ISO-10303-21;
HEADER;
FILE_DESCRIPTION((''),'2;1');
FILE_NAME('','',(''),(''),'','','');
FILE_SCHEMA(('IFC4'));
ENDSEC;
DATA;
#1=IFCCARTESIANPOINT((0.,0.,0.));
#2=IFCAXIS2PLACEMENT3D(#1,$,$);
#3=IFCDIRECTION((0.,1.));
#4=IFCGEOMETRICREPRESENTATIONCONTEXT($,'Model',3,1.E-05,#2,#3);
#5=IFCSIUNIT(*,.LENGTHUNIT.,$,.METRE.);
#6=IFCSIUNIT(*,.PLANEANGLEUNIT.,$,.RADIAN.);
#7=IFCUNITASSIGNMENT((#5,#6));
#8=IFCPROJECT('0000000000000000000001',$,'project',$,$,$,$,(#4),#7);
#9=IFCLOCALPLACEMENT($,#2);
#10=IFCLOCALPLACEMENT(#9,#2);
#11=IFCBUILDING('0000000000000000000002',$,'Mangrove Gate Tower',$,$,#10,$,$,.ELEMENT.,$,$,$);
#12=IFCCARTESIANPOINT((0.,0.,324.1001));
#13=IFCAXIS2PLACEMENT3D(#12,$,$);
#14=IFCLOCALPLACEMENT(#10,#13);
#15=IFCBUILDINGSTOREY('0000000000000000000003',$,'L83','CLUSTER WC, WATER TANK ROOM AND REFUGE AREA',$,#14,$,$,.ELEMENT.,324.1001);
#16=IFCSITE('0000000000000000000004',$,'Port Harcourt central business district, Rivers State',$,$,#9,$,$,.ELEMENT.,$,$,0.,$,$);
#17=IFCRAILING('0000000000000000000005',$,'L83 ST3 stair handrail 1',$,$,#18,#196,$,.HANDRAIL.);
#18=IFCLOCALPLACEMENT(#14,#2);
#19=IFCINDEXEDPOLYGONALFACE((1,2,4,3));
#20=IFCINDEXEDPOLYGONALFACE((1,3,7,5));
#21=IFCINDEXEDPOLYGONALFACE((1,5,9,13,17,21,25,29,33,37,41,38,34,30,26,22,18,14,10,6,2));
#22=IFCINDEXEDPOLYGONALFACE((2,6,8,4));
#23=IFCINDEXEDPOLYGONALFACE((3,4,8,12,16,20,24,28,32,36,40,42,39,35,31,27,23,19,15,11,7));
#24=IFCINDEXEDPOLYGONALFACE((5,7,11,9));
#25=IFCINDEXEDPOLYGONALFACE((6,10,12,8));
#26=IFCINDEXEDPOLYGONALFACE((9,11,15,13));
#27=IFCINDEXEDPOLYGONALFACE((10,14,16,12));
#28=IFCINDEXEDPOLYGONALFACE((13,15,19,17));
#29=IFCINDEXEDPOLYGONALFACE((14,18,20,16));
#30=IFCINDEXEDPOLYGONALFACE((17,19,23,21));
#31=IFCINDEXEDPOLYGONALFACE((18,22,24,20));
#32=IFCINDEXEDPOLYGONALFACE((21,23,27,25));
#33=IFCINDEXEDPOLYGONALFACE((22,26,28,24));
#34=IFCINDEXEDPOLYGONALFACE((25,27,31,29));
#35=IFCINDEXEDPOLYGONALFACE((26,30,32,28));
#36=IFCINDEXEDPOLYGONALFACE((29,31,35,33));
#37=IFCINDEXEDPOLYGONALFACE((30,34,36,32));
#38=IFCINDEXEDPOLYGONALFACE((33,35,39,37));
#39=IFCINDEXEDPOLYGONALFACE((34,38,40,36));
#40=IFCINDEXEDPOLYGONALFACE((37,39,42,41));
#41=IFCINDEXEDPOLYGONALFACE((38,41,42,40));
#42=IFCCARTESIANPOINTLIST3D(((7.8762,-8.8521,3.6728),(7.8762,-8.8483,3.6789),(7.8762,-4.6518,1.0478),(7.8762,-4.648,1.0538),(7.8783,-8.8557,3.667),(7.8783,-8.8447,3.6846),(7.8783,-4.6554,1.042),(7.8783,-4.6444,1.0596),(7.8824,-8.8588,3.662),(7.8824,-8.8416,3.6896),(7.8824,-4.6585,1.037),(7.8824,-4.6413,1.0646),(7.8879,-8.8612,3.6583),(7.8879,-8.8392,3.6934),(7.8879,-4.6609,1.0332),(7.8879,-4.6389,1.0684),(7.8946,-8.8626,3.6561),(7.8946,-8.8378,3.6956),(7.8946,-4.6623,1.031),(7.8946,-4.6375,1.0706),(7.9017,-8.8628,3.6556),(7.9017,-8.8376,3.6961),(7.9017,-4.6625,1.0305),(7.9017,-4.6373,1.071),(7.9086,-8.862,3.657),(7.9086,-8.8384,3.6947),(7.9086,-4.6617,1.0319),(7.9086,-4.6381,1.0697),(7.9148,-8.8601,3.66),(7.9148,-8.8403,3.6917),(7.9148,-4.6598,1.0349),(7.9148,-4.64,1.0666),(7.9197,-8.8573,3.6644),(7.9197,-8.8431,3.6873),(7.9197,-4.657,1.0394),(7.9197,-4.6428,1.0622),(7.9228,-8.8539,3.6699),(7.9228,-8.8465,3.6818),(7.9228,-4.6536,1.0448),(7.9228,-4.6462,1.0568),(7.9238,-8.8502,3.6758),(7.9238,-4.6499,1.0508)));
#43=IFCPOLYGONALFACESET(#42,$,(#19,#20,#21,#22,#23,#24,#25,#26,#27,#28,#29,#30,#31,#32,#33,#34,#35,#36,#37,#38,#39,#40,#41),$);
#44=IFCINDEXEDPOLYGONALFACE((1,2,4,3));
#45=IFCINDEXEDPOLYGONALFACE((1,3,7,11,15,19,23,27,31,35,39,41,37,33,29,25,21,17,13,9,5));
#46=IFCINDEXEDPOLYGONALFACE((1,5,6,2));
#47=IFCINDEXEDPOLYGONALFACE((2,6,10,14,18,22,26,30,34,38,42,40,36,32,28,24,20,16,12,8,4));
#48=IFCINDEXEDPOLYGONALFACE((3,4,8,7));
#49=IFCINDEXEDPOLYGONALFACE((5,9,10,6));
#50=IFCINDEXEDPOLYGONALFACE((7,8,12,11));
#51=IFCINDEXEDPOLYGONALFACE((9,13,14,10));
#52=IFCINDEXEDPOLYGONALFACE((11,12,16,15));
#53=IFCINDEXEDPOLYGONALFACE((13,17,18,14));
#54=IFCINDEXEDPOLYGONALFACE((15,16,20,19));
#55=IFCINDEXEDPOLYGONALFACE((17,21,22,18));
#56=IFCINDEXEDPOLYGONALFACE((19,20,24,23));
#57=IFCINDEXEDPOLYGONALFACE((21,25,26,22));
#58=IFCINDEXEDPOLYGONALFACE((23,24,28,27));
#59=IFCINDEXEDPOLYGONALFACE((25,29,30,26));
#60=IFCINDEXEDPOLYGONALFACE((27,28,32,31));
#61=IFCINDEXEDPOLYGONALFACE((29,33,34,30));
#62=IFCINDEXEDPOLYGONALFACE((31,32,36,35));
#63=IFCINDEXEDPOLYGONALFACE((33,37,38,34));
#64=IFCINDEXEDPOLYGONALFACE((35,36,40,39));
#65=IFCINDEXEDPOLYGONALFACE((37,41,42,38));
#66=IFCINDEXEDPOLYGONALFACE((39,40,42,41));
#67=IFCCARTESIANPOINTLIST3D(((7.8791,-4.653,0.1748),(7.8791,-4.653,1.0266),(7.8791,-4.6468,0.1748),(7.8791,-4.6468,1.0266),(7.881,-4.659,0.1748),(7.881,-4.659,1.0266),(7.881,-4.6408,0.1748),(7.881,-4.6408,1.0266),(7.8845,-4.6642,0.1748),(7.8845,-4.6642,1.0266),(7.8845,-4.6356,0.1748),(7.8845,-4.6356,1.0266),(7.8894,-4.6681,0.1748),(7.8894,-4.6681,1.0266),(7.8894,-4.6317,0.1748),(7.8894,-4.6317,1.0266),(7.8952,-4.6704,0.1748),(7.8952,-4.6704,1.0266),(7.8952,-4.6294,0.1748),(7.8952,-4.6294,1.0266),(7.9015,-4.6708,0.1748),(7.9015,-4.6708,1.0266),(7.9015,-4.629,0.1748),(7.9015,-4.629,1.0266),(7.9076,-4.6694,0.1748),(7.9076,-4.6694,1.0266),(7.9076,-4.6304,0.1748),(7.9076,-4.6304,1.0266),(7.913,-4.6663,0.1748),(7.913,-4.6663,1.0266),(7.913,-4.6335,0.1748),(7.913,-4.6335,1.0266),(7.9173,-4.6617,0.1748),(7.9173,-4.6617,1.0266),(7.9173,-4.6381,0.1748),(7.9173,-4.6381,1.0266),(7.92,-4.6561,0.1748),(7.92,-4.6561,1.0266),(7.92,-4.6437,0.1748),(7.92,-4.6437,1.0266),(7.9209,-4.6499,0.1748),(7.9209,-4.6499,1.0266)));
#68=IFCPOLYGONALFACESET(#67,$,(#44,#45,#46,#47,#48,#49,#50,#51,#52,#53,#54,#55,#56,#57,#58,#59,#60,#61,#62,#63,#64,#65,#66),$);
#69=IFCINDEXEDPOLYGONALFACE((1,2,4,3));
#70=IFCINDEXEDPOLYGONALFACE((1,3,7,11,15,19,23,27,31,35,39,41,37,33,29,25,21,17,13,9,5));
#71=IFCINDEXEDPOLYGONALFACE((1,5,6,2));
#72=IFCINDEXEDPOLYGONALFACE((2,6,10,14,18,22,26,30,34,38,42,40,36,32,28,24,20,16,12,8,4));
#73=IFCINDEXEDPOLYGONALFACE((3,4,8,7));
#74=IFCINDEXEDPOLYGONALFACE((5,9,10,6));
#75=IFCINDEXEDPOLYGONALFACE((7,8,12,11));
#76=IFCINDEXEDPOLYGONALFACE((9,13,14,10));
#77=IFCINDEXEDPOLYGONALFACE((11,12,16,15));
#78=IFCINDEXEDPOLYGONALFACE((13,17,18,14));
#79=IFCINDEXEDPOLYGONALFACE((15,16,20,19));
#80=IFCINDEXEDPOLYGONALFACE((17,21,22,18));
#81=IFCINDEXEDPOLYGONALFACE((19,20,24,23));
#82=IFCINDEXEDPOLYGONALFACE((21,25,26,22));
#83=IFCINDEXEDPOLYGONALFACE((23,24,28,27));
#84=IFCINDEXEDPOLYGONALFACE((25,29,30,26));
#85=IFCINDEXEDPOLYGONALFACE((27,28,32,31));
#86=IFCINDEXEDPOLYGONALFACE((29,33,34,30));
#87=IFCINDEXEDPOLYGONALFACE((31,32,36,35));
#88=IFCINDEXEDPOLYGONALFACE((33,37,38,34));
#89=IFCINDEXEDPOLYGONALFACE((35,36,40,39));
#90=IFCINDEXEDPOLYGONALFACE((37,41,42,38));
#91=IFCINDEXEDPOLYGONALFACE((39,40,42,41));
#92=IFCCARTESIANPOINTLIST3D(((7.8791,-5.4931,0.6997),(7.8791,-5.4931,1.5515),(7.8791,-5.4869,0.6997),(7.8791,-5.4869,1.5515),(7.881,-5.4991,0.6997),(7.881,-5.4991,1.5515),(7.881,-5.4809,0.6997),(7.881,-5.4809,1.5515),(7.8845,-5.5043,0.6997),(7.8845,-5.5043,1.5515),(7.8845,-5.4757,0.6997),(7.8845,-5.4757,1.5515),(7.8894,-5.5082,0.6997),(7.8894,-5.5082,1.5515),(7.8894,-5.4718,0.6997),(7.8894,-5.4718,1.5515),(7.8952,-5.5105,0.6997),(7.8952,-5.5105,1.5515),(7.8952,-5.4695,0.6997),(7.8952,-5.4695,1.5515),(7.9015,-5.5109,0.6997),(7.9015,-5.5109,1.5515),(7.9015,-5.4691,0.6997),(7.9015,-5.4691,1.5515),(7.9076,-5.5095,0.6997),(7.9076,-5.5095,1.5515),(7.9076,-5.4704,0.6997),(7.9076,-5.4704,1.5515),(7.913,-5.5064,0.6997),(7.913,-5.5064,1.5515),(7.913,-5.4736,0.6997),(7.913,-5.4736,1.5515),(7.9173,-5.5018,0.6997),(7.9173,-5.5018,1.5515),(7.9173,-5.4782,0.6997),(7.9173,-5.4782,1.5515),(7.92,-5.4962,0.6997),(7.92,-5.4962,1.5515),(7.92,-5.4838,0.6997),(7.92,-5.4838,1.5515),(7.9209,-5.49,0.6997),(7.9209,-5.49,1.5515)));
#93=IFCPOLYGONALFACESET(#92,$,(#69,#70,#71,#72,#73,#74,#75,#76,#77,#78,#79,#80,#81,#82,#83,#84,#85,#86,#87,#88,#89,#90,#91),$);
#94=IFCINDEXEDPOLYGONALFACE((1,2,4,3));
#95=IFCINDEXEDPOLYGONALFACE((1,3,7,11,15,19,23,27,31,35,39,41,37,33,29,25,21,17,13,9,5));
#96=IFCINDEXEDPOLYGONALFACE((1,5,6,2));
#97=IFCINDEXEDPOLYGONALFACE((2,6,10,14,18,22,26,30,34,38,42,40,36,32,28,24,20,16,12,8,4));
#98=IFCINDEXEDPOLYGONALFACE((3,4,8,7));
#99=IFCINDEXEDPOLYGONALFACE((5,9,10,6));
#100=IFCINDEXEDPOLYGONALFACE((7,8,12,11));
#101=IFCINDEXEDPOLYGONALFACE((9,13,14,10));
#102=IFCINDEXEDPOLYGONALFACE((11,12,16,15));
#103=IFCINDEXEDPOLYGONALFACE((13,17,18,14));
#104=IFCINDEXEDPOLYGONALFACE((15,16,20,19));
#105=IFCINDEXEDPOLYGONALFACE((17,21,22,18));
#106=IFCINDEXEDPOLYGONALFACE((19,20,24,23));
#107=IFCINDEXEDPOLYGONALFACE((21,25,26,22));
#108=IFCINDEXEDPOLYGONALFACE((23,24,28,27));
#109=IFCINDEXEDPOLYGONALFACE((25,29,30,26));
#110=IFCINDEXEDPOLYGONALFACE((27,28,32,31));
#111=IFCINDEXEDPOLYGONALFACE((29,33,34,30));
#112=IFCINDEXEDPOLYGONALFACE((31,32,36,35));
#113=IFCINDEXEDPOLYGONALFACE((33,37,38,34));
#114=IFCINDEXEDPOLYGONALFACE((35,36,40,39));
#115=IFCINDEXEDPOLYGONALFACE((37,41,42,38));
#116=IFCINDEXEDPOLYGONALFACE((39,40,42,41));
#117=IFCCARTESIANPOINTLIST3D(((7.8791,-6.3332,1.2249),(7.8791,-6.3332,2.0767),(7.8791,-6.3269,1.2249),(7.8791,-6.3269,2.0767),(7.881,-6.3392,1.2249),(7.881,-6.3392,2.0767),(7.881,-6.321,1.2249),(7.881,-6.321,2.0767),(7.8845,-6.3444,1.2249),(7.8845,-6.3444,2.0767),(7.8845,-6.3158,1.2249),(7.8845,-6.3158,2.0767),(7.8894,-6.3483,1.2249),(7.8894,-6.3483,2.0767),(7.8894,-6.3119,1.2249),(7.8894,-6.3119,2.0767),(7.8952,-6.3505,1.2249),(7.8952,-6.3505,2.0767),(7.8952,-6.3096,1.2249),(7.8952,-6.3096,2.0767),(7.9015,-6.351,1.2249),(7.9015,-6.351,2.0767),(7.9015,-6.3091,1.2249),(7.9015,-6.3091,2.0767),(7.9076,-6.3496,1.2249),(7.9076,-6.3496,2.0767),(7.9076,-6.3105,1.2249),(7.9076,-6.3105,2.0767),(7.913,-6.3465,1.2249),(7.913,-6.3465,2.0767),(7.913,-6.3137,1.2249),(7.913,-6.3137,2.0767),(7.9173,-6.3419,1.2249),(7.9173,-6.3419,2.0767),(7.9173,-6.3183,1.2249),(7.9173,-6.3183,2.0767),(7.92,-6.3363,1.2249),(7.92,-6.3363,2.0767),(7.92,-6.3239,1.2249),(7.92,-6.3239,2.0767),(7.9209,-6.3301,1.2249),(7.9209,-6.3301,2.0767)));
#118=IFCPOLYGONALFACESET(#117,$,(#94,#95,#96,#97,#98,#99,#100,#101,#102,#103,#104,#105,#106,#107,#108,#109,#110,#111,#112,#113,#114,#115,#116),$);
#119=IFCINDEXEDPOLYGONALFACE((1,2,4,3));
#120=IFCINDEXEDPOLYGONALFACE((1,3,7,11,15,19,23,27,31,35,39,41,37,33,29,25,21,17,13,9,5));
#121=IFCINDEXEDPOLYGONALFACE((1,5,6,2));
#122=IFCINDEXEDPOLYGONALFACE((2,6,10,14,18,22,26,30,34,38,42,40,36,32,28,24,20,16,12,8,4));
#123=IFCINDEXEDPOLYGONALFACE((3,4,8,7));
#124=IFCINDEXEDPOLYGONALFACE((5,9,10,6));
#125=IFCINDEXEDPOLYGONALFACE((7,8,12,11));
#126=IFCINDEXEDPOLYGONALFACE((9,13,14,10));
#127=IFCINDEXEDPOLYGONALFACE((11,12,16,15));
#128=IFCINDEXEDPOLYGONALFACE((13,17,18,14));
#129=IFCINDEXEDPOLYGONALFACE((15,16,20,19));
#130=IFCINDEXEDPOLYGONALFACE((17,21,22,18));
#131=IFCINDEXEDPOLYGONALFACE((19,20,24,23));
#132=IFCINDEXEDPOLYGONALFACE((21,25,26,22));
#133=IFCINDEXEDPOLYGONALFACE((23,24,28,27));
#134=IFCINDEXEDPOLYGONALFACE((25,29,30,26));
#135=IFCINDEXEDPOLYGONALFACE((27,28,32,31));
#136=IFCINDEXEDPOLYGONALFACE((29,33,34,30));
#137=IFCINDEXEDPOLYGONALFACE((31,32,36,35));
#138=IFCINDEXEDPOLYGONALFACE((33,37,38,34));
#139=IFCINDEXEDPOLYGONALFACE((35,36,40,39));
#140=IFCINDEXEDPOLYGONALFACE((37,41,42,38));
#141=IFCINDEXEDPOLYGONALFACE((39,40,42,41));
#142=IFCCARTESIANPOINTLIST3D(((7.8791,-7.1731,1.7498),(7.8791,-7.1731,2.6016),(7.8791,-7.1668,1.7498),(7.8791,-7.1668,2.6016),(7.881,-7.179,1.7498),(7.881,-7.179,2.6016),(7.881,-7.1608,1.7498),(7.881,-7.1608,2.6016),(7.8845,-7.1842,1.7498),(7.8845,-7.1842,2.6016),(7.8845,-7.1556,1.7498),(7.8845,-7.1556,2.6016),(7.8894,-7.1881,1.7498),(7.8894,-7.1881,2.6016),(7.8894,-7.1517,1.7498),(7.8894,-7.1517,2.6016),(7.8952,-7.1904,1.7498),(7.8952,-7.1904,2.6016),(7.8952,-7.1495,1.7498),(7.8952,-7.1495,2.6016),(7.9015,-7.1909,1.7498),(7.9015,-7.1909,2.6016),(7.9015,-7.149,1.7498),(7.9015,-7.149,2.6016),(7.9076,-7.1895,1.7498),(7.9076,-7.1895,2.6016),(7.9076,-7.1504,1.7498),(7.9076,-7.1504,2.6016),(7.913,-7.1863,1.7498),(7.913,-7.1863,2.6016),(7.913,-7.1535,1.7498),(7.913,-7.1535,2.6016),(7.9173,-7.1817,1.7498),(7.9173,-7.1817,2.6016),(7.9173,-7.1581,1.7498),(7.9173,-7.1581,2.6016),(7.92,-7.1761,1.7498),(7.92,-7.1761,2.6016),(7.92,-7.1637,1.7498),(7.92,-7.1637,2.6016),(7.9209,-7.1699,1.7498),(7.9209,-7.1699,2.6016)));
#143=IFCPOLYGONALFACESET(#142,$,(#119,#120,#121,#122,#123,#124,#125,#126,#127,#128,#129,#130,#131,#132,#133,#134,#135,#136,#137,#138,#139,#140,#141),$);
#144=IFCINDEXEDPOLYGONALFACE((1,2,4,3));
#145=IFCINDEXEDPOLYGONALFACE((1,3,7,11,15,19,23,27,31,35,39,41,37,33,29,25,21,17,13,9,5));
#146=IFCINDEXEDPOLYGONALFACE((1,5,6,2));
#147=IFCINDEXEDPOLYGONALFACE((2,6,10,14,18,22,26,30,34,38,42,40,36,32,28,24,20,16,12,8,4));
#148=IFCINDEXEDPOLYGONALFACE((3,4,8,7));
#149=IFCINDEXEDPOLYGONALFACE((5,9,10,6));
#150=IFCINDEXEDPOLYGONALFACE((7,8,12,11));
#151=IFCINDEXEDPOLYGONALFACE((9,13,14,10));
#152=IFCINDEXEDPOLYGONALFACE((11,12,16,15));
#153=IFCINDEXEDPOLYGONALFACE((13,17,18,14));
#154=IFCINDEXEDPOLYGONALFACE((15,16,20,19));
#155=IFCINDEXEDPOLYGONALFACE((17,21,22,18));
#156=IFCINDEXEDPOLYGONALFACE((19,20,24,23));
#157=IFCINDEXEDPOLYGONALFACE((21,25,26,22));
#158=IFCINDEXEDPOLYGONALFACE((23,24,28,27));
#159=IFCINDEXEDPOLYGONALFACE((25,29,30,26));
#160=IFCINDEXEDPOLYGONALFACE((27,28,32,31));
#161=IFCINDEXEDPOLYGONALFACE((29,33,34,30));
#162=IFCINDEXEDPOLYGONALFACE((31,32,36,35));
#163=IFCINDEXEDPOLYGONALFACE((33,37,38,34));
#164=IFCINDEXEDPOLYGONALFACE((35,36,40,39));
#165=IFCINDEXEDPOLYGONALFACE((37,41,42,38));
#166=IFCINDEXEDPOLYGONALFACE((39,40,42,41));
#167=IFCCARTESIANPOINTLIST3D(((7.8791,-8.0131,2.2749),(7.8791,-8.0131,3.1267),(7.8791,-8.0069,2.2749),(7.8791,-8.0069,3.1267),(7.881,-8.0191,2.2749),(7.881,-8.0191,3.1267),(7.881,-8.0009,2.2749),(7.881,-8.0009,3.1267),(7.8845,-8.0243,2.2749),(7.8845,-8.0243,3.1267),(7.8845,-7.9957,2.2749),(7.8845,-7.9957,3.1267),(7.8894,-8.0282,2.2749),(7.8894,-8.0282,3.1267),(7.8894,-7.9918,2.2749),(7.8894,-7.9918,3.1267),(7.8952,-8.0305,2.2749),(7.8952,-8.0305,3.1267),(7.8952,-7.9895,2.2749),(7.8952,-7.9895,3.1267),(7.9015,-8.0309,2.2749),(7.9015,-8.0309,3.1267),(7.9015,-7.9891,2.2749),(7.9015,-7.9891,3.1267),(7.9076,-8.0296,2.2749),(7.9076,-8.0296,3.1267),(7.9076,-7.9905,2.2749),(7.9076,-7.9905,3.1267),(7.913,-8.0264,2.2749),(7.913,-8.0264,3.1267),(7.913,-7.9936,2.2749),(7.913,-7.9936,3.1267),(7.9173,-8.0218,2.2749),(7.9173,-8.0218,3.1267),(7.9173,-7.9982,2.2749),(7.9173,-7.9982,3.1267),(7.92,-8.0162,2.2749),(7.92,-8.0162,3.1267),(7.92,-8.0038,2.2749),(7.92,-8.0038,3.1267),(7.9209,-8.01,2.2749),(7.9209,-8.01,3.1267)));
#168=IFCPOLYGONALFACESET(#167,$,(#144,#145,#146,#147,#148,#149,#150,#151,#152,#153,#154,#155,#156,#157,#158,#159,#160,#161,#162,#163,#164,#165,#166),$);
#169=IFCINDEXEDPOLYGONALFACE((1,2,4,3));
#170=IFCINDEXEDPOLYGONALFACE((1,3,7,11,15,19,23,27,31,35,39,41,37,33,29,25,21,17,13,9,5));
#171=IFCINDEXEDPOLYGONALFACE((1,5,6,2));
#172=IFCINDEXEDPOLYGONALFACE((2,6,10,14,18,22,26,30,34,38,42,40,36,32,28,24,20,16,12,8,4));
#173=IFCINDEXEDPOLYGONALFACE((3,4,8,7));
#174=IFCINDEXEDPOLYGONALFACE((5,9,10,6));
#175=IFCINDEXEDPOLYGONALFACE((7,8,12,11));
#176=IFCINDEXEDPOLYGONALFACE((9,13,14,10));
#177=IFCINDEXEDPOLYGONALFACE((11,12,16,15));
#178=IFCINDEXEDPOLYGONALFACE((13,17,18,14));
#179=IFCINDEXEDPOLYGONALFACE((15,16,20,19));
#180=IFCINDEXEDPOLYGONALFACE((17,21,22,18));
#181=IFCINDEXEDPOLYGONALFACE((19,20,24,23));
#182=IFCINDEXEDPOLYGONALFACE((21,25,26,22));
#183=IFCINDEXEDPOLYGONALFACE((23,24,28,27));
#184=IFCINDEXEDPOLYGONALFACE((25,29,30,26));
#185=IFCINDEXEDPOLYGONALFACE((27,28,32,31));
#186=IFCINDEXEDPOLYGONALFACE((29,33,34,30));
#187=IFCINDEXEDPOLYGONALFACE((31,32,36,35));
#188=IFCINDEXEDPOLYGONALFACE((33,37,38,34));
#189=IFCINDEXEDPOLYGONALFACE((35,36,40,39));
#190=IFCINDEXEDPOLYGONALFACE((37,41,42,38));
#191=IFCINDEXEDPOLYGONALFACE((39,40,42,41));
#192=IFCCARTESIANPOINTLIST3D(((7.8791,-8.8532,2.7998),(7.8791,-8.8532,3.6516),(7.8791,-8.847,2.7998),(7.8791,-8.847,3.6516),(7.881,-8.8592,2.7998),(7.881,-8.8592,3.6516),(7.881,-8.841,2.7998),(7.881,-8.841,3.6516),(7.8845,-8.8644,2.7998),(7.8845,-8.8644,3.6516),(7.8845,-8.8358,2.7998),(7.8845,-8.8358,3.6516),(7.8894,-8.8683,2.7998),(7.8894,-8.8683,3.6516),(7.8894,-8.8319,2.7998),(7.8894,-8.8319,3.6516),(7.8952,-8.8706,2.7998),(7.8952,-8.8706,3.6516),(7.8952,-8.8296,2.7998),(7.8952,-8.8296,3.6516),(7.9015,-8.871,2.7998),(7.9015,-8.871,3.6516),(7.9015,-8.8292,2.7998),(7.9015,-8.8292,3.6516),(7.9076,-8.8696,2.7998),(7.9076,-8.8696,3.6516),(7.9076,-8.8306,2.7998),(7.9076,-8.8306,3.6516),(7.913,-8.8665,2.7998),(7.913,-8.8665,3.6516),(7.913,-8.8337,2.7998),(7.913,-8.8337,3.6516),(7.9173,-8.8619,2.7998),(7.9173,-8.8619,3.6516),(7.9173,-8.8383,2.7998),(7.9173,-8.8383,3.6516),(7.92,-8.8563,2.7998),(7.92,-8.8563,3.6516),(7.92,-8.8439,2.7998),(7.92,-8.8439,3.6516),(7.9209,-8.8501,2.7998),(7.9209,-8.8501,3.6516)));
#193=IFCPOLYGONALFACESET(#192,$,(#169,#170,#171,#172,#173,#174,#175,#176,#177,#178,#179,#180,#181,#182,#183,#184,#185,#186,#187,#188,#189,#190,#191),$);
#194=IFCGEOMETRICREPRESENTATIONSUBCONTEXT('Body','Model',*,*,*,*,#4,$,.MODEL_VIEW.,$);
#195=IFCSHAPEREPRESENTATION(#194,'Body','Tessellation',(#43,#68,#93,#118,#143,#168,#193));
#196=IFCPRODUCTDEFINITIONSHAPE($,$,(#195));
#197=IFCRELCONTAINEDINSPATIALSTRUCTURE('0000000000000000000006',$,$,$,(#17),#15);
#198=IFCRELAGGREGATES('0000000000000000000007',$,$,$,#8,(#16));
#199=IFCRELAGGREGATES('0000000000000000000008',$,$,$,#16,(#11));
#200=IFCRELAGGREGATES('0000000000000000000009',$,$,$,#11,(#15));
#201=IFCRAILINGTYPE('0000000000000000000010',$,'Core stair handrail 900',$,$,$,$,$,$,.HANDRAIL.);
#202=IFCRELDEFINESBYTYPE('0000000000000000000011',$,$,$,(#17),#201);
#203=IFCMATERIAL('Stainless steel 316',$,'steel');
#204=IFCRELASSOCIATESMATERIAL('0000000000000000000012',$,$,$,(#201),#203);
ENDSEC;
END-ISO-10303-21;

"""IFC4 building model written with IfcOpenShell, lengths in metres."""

from ifc_helpers import new_model, si_unit, direction, frame, origin, origin_2d, place, context, subcontext, project, spatial, circle, extrude, material, type_object, element, save


model = new_model("IFC4")

# Units and contexts
model_context = context("Model", 3, precision=1e-05, world=origin(), true_north=direction((0.0, 1.0)))
body_context = subcontext(model_context, "Body", "Model", "MODEL_VIEW")
ifc_project = project(units=[si_unit("LENGTHUNIT", "METRE"), si_unit("PLANEANGLEUNIT", "RADIAN")], contexts=[model_context])

# Site, building, storey
site_placement = place(None, origin())
site = spatial("IfcSite", under=ifc_project, at=site_placement, Name="Port Harcourt central business district, Rivers State", CompositionType="ELEMENT", RefElevation=0.0)
building_placement = place(site_placement, origin())
building = spatial("IfcBuilding", under=site, at=building_placement, Name="Mangrove Gate Tower", CompositionType="ELEMENT")
storey_placement = place(building_placement, frame((0.0, 0.0, 324.1001)))
storey = spatial("IfcBuildingStorey", under=building, at=storey_placement, Name="L83", Description="CLUSTER WC, WATER TANK ROOM AND REFUGE AREA", CompositionType="ELEMENT", Elevation=324.1001)

# Railing
ifc_material_1 = material(Name="Stainless steel 316", Category="steel")
railing_type_1 = type_object("IfcRailingType", Name="Core stair handrail 900", PredefinedType="HANDRAIL", material=ifc_material_1)
railing_1_placement = place(storey_placement, frame((7.8999, -4.6499, 0.1748)))
element("IfcRailing", 1, at=railing_1_placement, inside=storey, type_object=railing_type_1, Name="L83 ST3 stair handrail 1", PredefinedType="HANDRAIL", context=body_context, shape_type="SweptSolid", body=[
    extrude(circle(Radius=0.0239, at=origin_2d()), frame((0.0, 0.0, 0.876), z_axis=(0.0, -0.848009, 0.529981), x_axis=(1.0, 0.0, 0.0)), (0.0, 0.0, 1.0), 4.9531),
    extrude(circle(Radius=0.021, at=origin_2d()), origin(), (0.0, 0.0, 1.0), 0.8518),
    extrude(circle(Radius=0.021, at=origin_2d()), frame((0.0, -0.8401, 0.5249)), (0.0, 0.0, 1.0), 0.8518),
    extrude(circle(Radius=0.021, at=origin_2d()), frame((0.0, -1.6802, 1.05)), (0.0, 0.0, 1.0), 0.8518),
    extrude(circle(Radius=0.021, at=origin_2d()), frame((0.0, -2.52, 1.575)), (0.0, 0.0, 1.0), 0.8518),
    extrude(circle(Radius=0.021, at=origin_2d()), frame((0.0, -3.3601, 2.1001)), (0.0, 0.0, 1.0), 0.8518),
    extrude(circle(Radius=0.021, at=origin_2d()), frame((0.0, -4.2002, 2.625)), (0.0, 0.0, 1.0), 0.8518),
])

save(model, "model.ifc")
